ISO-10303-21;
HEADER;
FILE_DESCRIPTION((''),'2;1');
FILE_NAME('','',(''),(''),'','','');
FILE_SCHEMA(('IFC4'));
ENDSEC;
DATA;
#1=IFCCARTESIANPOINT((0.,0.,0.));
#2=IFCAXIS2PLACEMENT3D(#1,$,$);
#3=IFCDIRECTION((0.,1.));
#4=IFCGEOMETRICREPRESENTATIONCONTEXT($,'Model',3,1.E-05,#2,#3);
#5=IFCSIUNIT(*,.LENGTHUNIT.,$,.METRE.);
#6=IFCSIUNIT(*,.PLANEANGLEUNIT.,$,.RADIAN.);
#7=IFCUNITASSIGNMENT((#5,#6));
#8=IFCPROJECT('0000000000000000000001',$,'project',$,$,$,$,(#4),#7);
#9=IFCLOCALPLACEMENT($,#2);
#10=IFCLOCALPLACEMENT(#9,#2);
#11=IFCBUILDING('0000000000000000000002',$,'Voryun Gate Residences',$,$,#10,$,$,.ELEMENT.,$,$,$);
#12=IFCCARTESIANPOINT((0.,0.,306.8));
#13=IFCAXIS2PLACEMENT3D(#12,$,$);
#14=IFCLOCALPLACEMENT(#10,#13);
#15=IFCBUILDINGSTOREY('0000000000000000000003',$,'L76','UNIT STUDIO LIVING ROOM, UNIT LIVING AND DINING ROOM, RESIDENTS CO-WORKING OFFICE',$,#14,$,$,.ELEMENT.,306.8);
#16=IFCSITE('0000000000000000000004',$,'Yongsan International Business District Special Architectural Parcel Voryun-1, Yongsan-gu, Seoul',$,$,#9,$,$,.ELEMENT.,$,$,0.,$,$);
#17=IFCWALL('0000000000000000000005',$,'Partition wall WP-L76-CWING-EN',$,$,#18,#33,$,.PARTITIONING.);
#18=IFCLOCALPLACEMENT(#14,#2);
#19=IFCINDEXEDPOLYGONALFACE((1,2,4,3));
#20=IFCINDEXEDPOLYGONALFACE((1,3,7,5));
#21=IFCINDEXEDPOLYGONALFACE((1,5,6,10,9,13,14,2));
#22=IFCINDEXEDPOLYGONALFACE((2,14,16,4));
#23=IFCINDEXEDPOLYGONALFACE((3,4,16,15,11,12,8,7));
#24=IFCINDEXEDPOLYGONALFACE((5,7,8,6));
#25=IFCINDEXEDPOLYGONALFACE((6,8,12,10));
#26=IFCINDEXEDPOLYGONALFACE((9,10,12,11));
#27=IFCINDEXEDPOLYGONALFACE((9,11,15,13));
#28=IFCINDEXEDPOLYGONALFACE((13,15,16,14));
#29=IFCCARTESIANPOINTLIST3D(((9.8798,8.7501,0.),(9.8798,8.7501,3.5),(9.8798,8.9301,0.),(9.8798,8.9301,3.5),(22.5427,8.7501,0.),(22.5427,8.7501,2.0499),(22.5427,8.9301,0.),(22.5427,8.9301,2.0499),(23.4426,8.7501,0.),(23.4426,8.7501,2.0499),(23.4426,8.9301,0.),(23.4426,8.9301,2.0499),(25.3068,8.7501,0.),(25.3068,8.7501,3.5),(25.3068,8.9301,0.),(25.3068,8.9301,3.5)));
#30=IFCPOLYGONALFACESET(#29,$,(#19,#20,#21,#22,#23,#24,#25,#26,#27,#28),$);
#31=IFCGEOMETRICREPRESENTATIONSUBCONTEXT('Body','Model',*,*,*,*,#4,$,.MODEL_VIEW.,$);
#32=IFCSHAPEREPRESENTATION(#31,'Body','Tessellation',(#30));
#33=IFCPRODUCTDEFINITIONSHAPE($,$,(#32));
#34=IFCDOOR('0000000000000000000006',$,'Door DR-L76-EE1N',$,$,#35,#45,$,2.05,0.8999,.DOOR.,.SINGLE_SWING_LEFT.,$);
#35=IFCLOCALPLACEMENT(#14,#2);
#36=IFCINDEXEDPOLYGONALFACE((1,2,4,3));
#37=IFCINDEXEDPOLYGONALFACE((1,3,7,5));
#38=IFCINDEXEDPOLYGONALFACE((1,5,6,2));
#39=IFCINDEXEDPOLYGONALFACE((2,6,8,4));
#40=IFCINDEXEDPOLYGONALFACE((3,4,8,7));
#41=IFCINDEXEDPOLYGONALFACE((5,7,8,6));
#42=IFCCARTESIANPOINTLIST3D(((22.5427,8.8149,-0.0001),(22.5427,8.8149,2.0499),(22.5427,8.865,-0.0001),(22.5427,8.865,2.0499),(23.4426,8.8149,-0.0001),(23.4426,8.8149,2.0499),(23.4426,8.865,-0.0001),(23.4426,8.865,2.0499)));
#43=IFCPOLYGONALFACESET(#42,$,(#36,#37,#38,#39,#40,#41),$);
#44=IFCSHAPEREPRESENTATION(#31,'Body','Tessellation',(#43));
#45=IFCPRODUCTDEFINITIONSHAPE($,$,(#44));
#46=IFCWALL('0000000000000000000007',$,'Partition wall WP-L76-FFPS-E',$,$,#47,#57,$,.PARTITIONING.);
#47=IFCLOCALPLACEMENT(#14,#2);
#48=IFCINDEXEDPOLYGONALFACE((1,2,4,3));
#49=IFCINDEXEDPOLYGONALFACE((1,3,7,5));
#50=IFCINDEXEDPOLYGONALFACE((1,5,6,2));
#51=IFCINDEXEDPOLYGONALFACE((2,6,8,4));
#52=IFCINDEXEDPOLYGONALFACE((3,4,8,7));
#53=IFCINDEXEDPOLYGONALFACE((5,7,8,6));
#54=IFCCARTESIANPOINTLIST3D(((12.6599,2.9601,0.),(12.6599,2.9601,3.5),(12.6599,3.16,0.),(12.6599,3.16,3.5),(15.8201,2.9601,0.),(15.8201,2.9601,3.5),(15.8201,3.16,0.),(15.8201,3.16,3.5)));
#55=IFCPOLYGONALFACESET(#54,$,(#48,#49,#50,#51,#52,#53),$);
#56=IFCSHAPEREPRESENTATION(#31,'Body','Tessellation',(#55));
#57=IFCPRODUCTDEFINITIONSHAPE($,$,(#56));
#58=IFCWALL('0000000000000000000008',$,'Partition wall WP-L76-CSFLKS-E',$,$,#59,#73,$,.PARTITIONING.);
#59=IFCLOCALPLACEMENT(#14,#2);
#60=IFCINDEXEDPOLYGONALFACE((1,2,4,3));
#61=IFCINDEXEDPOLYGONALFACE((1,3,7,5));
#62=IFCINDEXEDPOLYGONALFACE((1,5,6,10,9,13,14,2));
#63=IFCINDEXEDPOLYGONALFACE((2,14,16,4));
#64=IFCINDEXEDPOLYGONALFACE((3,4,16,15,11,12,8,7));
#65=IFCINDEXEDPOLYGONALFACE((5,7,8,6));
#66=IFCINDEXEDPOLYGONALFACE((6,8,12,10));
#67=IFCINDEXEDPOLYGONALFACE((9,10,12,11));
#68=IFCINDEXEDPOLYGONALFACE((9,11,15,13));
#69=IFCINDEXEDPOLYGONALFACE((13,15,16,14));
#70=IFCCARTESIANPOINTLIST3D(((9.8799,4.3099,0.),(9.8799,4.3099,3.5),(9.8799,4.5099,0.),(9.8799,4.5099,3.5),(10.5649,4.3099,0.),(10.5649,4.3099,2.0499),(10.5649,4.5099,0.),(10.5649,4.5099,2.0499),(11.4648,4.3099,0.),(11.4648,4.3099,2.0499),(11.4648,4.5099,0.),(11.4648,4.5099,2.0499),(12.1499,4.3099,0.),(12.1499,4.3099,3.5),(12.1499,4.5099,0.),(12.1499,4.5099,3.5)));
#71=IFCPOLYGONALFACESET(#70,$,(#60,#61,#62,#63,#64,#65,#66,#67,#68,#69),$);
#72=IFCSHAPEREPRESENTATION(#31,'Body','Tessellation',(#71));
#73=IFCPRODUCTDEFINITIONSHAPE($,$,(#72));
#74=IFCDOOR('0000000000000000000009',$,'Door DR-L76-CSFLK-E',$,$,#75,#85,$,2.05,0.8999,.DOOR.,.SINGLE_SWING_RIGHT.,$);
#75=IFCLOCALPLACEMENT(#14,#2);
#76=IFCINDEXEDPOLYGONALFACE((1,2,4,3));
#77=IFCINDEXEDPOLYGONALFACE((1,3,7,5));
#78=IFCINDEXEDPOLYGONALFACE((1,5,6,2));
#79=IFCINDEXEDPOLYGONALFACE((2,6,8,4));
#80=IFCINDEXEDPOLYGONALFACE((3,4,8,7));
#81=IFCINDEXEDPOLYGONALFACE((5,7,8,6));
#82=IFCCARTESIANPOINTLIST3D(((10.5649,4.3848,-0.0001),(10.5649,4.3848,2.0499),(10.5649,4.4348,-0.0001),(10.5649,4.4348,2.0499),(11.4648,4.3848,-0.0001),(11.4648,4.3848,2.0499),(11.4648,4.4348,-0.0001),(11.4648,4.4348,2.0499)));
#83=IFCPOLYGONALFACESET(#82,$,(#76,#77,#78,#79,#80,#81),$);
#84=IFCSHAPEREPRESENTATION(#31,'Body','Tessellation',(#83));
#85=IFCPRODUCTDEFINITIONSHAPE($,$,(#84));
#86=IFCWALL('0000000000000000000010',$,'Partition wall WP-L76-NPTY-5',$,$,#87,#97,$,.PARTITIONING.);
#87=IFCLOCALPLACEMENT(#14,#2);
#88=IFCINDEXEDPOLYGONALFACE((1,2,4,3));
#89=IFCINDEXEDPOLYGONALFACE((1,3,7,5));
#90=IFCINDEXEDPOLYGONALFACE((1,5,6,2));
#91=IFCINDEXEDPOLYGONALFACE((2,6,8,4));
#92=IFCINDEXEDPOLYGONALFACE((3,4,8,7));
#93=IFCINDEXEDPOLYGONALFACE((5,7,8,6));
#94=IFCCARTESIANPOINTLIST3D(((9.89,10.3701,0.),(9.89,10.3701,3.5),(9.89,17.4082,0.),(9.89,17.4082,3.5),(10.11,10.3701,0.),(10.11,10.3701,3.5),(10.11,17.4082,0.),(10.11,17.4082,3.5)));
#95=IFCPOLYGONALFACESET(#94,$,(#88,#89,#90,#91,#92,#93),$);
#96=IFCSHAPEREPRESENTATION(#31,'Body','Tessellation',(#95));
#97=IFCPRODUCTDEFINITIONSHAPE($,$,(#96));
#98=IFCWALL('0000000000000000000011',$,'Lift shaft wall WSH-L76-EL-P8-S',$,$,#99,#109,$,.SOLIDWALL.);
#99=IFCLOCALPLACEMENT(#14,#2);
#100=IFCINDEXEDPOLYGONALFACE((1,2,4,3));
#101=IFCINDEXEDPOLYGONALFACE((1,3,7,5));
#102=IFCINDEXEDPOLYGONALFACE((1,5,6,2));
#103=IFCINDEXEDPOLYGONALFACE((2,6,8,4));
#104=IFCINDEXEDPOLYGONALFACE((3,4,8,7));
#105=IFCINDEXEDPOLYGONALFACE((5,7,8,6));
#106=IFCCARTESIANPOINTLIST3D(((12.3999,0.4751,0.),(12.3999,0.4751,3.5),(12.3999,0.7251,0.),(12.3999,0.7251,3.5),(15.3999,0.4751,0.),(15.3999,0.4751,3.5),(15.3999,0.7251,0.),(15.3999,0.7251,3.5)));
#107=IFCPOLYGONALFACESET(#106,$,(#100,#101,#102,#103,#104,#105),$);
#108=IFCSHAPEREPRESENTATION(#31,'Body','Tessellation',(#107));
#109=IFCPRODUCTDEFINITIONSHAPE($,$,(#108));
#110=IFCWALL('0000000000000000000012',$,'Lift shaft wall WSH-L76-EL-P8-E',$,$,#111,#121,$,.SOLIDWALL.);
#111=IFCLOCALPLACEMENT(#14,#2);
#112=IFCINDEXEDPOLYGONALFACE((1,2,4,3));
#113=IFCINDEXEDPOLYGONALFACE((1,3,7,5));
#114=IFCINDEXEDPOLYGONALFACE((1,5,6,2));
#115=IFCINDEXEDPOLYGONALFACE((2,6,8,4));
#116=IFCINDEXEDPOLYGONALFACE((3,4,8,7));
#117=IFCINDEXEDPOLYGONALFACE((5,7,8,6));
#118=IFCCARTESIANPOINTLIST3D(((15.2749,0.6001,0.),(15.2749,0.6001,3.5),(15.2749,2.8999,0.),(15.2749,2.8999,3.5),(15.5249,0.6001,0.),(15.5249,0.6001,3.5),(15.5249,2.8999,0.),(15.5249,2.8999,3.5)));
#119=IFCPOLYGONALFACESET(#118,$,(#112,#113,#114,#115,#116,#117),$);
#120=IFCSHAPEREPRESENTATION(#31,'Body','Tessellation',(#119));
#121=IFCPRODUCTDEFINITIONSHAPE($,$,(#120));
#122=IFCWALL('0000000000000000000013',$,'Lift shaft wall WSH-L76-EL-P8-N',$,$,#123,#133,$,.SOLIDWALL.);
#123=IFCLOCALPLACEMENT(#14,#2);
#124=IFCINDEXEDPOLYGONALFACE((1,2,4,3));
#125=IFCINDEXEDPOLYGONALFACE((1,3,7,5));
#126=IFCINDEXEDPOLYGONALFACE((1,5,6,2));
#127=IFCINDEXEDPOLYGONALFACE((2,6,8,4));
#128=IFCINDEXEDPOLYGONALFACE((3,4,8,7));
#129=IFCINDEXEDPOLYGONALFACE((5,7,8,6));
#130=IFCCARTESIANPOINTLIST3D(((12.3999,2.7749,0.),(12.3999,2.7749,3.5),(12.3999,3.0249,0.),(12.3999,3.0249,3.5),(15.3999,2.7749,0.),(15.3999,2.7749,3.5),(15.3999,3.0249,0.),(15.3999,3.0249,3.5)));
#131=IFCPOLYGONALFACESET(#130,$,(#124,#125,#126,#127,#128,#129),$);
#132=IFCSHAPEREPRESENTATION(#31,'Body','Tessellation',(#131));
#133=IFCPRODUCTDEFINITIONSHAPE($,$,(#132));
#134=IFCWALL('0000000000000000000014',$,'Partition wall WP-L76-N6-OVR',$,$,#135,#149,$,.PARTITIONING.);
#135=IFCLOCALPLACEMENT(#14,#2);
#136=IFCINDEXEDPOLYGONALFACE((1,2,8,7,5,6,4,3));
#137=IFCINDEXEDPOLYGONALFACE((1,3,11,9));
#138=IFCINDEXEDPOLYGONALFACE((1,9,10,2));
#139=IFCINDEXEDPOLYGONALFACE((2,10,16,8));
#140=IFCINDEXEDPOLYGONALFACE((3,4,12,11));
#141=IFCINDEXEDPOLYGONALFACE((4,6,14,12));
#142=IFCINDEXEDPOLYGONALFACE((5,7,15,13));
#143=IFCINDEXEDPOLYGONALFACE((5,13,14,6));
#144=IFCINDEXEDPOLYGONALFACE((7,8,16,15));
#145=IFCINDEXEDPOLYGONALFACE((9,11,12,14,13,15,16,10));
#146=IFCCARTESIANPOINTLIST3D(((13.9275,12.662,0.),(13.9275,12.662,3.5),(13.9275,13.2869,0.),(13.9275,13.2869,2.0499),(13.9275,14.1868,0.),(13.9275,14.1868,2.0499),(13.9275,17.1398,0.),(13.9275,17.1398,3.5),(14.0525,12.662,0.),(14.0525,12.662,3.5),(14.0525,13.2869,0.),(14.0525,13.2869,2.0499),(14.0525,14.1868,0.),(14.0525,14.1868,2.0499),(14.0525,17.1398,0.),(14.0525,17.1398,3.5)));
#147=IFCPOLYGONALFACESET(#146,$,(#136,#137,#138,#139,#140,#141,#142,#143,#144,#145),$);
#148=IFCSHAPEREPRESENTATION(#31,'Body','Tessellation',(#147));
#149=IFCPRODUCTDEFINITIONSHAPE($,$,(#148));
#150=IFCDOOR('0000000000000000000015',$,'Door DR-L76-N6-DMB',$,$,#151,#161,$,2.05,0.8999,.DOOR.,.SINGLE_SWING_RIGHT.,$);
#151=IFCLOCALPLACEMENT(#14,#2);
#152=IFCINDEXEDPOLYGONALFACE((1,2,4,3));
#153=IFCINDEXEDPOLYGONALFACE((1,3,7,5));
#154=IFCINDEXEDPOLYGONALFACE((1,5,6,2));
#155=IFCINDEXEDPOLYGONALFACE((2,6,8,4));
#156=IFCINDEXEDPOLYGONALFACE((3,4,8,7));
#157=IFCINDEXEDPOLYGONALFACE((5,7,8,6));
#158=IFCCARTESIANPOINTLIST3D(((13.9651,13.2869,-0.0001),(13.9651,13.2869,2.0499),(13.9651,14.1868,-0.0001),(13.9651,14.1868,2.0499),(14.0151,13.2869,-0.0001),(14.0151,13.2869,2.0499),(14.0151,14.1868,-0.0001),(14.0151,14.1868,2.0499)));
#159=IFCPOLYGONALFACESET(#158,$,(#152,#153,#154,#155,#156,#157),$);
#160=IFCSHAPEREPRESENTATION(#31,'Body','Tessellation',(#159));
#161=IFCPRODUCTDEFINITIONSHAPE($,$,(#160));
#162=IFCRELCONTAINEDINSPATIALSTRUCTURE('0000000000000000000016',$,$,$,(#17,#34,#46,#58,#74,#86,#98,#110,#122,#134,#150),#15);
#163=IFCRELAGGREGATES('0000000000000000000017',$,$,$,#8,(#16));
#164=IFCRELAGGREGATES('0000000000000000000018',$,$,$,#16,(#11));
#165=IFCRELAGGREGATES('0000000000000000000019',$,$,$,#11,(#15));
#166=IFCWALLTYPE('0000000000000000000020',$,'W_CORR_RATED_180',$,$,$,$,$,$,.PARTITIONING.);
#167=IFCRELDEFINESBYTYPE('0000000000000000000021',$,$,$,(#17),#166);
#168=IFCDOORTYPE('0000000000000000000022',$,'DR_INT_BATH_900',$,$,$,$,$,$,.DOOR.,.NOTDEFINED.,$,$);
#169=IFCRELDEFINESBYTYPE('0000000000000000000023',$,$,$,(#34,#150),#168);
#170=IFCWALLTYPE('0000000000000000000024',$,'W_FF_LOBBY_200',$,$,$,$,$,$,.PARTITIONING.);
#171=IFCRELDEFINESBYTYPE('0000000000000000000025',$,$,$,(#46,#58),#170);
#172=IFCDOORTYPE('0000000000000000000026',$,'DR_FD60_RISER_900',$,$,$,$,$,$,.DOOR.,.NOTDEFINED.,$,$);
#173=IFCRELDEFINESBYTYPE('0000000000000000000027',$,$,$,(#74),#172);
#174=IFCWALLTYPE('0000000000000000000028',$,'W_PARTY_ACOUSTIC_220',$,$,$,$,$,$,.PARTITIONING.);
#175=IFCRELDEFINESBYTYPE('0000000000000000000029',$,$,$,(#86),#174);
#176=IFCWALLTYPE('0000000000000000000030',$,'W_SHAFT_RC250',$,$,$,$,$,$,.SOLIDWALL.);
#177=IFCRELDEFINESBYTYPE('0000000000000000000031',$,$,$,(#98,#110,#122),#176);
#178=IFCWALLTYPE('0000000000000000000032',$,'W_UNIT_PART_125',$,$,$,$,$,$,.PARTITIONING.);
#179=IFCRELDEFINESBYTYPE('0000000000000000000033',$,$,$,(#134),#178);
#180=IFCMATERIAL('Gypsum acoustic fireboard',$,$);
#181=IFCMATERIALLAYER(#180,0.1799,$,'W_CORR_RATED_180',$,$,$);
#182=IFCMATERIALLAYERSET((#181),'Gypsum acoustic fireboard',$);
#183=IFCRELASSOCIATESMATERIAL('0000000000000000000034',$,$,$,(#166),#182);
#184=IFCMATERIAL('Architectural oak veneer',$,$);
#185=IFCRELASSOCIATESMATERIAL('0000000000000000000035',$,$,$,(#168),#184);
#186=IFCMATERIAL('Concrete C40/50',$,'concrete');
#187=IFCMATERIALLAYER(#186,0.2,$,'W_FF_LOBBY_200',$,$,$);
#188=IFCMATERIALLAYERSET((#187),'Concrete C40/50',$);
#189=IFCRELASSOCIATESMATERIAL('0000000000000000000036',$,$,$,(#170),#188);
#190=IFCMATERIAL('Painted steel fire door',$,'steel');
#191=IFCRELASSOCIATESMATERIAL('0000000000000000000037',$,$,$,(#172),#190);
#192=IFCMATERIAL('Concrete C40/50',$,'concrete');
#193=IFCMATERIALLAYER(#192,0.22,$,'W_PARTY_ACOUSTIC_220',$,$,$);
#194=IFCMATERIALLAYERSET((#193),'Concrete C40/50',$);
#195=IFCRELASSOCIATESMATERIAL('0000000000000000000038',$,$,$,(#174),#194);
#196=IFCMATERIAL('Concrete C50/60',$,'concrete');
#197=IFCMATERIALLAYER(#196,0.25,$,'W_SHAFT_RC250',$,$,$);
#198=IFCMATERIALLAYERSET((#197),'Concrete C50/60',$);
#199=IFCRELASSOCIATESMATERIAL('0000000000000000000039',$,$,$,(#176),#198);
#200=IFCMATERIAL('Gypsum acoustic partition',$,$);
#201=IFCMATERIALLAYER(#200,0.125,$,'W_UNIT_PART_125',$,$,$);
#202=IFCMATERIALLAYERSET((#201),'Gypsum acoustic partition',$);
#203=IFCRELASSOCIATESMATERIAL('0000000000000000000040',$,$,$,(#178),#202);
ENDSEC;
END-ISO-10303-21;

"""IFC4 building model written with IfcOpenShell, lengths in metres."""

from ifc_helpers import new_model, si_unit, direction, frame, frame_2d, origin, place, context, subcontext, project, spatial, rectangle, extrude, material, layer, layer_set, type_object, element, fill, save


model = new_model("IFC4")

# Units and contexts
model_context = context("Model", 3, precision=1e-05, world=origin(), true_north=direction((0.0, 1.0)))
body_context = subcontext(model_context, "Body", "Model", "MODEL_VIEW")
ifc_project = project(units=[si_unit("LENGTHUNIT", "METRE"), si_unit("PLANEANGLEUNIT", "RADIAN")], contexts=[model_context])

# Site, building, storey
site_placement = place(None, origin())
site = spatial("IfcSite", under=ifc_project, at=site_placement, Name="Yongsan International Business District Special Architectural Parcel Voryun-1, Yongsan-gu, Seoul", CompositionType="ELEMENT", RefElevation=0.0)
building_placement = place(site_placement, origin())
building = spatial("IfcBuilding", under=site, at=building_placement, Name="Voryun Gate Residences", CompositionType="ELEMENT")
storey_placement = place(building_placement, frame((0.0, 0.0, 306.8)))
storey = spatial("IfcBuildingStorey", under=building, at=storey_placement, Name="L76", Description="UNIT STUDIO LIVING ROOM, UNIT LIVING AND DINING ROOM, RESIDENTS CO-WORKING OFFICE", CompositionType="ELEMENT", Elevation=306.8)

# Shared definitions
ifc_material_1 = material(Name="Gypsum acoustic fireboard")
ifc_layer_1 = layer(ifc_material_1, 0.1799, Name="W_CORR_RATED_180")
ifc_layer_set_1 = layer_set([ifc_layer_1], Name="Gypsum acoustic fireboard")
wall_type_1 = type_object("IfcWallType", Name="W_CORR_RATED_180", PredefinedType="PARTITIONING", material=ifc_layer_set_1)

# Wall, opening, door
wall_1_placement = place(storey_placement, frame((9.8799, 8.8401, 0.0), z_axis=(0.0, 0.0, 1.0), x_axis=(1.0, 0.0, 0.0)))
wall_1 = element("IfcWall", 1, at=wall_1_placement, inside=storey, type_object=wall_type_1, Name="Partition wall WP-L76-CWING-EN", PredefinedType="PARTITIONING", context=body_context, shape_type="SweptSolid", body=[
    extrude(rectangle(XDim=15.427, YDim=0.1799, at=frame_2d((7.7134, 0.0))), origin(), (0.0, 0.0, 1.0), 3.5),
])
opening_1_placement = place(wall_1_placement, frame((12.6628, 0.0, 0.0)))
opening_1 = element("IfcOpeningElement", 2, at=opening_1_placement, cuts=wall_1, PredefinedType="OPENING", context=body_context, shape_type="SweptSolid", body=[
    extrude(rectangle(XDim=0.8999, YDim=2.05, at=frame_2d((0.45, 1.0249))), frame((0.0, 0.0999, 0.0), z_axis=(0.0, -1.0, 0.0), x_axis=(1.0, 0.0, 0.0)), (0.0, 0.0, 1.0), 0.2),
])
ifc_material_2 = material(Name="Architectural oak veneer")
door_type_1 = type_object("IfcDoorType", Name="DR_INT_BATH_900", OperationType="NOTDEFINED", PredefinedType="DOOR", material=ifc_material_2)
door_1_placement = place(opening_1_placement, origin())
door_1 = element("IfcDoor", 3, at=door_1_placement, inside=storey, type_object=door_type_1, Name="Door DR-L76-EE1N", OperationType="SINGLE_SWING_LEFT", OverallHeight=2.05, OverallWidth=0.8999, PredefinedType="DOOR", context=body_context, shape_type="SweptSolid", body=[
    extrude(rectangle(XDim=0.8999, YDim=2.05, at=frame_2d((0.45, 1.0249))), frame((0.0, 0.0249, 0.0), z_axis=(0.0, -1.0, 0.0), x_axis=(1.0, 0.0, 0.0)), (0.0, 0.0, 1.0), 0.05),
])
fill(opening_1, door_1)

# Wall
ifc_material_3 = material(Name="Concrete C40/50", Category="concrete")
ifc_layer_2 = layer(ifc_material_3, 0.2, Name="W_FF_LOBBY_200")
ifc_layer_set_2 = layer_set([ifc_layer_2], Name="Concrete C40/50")
wall_type_2 = type_object("IfcWallType", Name="W_FF_LOBBY_200", PredefinedType="PARTITIONING", material=ifc_layer_set_2)
wall_2_placement = place(storey_placement, frame((12.6599, 3.0601, 0.0), z_axis=(0.0, 0.0, 1.0), x_axis=(1.0, 0.0, 0.0)))
element("IfcWall", 4, at=wall_2_placement, inside=storey, type_object=wall_type_2, Name="Partition wall WP-L76-FFPS-E", PredefinedType="PARTITIONING", context=body_context, shape_type="SweptSolid", body=[
    extrude(rectangle(XDim=3.1602, YDim=0.2, at=frame_2d((1.5801, 0.0))), origin(), (0.0, 0.0, 1.0), 3.5),
])

# Wall, opening, door
wall_3_placement = place(storey_placement, frame((9.8799, 4.4099, 0.0), z_axis=(0.0, 0.0, 1.0), x_axis=(1.0, 0.0, 0.0)))
wall_3 = element("IfcWall", 5, at=wall_3_placement, inside=storey, type_object=wall_type_2, Name="Partition wall WP-L76-CSFLKS-E", PredefinedType="PARTITIONING", context=body_context, shape_type="SweptSolid", body=[
    extrude(rectangle(XDim=2.27, YDim=0.2, at=frame_2d((1.135, 0.0))), origin(), (0.0, 0.0, 1.0), 3.5),
])
opening_2_placement = place(wall_3_placement, frame((0.6851, 0.0, 0.0)))
opening_2 = element("IfcOpeningElement", 6, at=opening_2_placement, cuts=wall_3, PredefinedType="OPENING", context=body_context, shape_type="SweptSolid", body=[
    extrude(rectangle(XDim=0.8999, YDim=2.05, at=frame_2d((0.45, 1.0249))), frame((0.0, 0.1101, 0.0), z_axis=(0.0, -1.0, 0.0), x_axis=(1.0, 0.0, 0.0)), (0.0, 0.0, 1.0), 0.22),
])
ifc_material_4 = material(Name="Painted steel fire door", Category="steel")
door_type_2 = type_object("IfcDoorType", Name="DR_FD60_RISER_900", OperationType="NOTDEFINED", PredefinedType="DOOR", material=ifc_material_4)
door_2_placement = place(opening_2_placement, origin())
door_2 = element("IfcDoor", 7, at=door_2_placement, inside=storey, type_object=door_type_2, Name="Door DR-L76-CSFLK-E", OperationType="SINGLE_SWING_RIGHT", OverallHeight=2.05, OverallWidth=0.8999, PredefinedType="DOOR", context=body_context, shape_type="SweptSolid", body=[
    extrude(rectangle(XDim=0.8999, YDim=2.05, at=frame_2d((0.45, 1.0249))), frame((0.0, 0.0249, 0.0), z_axis=(0.0, -1.0, 0.0), x_axis=(1.0, 0.0, 0.0)), (0.0, 0.0, 1.0), 0.05),
])
fill(opening_2, door_2)

# Walls
ifc_material_5 = material(Name="Concrete C40/50", Category="concrete")
ifc_layer_3 = layer(ifc_material_5, 0.22, Name="W_PARTY_ACOUSTIC_220")
ifc_layer_set_3 = layer_set([ifc_layer_3], Name="Concrete C40/50")
wall_type_3 = type_object("IfcWallType", Name="W_PARTY_ACOUSTIC_220", PredefinedType="PARTITIONING", material=ifc_layer_set_3)
wall_4_placement = place(storey_placement, frame((10.0, 10.3701, 0.0), z_axis=(0.0, 0.0, 1.0), x_axis=(0.0, 1.0, 0.0)))
element("IfcWall", 8, at=wall_4_placement, inside=storey, type_object=wall_type_3, Name="Partition wall WP-L76-NPTY-5", PredefinedType="PARTITIONING", context=body_context, shape_type="SweptSolid", body=[
    extrude(rectangle(XDim=7.0381, YDim=0.22, at=frame_2d((3.519, 0.0))), origin(), (0.0, 0.0, 1.0), 3.5),
])
ifc_material_6 = material(Name="Concrete C50/60", Category="concrete")
ifc_layer_4 = layer(ifc_material_6, 0.25, Name="W_SHAFT_RC250")
ifc_layer_set_4 = layer_set([ifc_layer_4], Name="Concrete C50/60")
wall_type_4 = type_object("IfcWallType", Name="W_SHAFT_RC250", PredefinedType="SOLIDWALL", material=ifc_layer_set_4)
wall_5_placement = place(storey_placement, frame((12.3999, 0.6001, 0.0), z_axis=(0.0, 0.0, 1.0), x_axis=(1.0, 0.0, 0.0)))
element("IfcWall", 9, at=wall_5_placement, inside=storey, type_object=wall_type_4, Name="Lift shaft wall WSH-L76-EL-P8-S", PredefinedType="SOLIDWALL", context=body_context, shape_type="SweptSolid", body=[
    extrude(rectangle(XDim=3.0, YDim=0.25, at=frame_2d((1.5, 0.0))), origin(), (0.0, 0.0, 1.0), 3.5),
])
wall_6_placement = place(storey_placement, frame((15.3999, 0.6001, 0.0), z_axis=(0.0, 0.0, 1.0), x_axis=(0.0, 1.0, 0.0)))
element("IfcWall", 10, at=wall_6_placement, inside=storey, type_object=wall_type_4, Name="Lift shaft wall WSH-L76-EL-P8-E", PredefinedType="SOLIDWALL", context=body_context, shape_type="SweptSolid", body=[
    extrude(rectangle(XDim=2.2998, YDim=0.25, at=frame_2d((1.1499, 0.0))), origin(), (0.0, 0.0, 1.0), 3.5),
])
wall_7_placement = place(storey_placement, frame((15.3999, 2.8999, 0.0), z_axis=(0.0, 0.0, 1.0), x_axis=(-1.0, 0.0, 0.0)))
element("IfcWall", 11, at=wall_7_placement, inside=storey, type_object=wall_type_4, Name="Lift shaft wall WSH-L76-EL-P8-N", PredefinedType="SOLIDWALL", context=body_context, shape_type="SweptSolid", body=[
    extrude(rectangle(XDim=3.0, YDim=0.25, at=frame_2d((1.5, 0.0))), origin(), (0.0, 0.0, 1.0), 3.5),
])

# Wall, opening, door
ifc_material_7 = material(Name="Gypsum acoustic partition")
ifc_layer_5 = layer(ifc_material_7, 0.125, Name="W_UNIT_PART_125")
ifc_layer_set_5 = layer_set([ifc_layer_5], Name="Gypsum acoustic partition")
wall_type_5 = type_object("IfcWallType", Name="W_UNIT_PART_125", PredefinedType="PARTITIONING", material=ifc_layer_set_5)
wall_8_placement = place(storey_placement, frame((13.99, 12.6621, 0.0), z_axis=(0.0, 0.0, 1.0), x_axis=(0.0, 1.0, 0.0)))
wall_8 = element("IfcWall", 12, at=wall_8_placement, inside=storey, type_object=wall_type_5, Name="Partition wall WP-L76-N6-OVR", PredefinedType="PARTITIONING", context=body_context, shape_type="SweptSolid", body=[
    extrude(rectangle(XDim=4.4778, YDim=0.125, at=frame_2d((2.2388, 0.0))), origin(), (0.0, 0.0, 1.0), 3.5),
])
opening_3_placement = place(wall_8_placement, frame((0.6248, 0.0, 0.0)))
opening_3 = element("IfcOpeningElement", 13, at=opening_3_placement, cuts=wall_8, PredefinedType="OPENING", context=body_context, shape_type="SweptSolid", body=[
    extrude(rectangle(XDim=0.8999, YDim=2.05, at=frame_2d((0.45, 1.0249))), frame((0.0, 0.0725, 0.0), z_axis=(0.0, -1.0, 0.0), x_axis=(1.0, 0.0, 0.0)), (0.0, 0.0, 1.0), 0.145),
])
door_3_placement = place(opening_3_placement, origin())
door_3 = element("IfcDoor", 14, at=door_3_placement, inside=storey, type_object=door_type_1, Name="Door DR-L76-N6-DMB", OperationType="SINGLE_SWING_RIGHT", OverallHeight=2.05, OverallWidth=0.8999, PredefinedType="DOOR", context=body_context, shape_type="SweptSolid", body=[
    extrude(rectangle(XDim=0.8999, YDim=2.05, at=frame_2d((0.45, 1.0249))), frame((0.0, 0.0249, 0.0), z_axis=(0.0, -1.0, 0.0), x_axis=(1.0, 0.0, 0.0)), (0.0, 0.0, 1.0), 0.05),
])
fill(opening_3, door_3)

save(model, "model.ifc")
